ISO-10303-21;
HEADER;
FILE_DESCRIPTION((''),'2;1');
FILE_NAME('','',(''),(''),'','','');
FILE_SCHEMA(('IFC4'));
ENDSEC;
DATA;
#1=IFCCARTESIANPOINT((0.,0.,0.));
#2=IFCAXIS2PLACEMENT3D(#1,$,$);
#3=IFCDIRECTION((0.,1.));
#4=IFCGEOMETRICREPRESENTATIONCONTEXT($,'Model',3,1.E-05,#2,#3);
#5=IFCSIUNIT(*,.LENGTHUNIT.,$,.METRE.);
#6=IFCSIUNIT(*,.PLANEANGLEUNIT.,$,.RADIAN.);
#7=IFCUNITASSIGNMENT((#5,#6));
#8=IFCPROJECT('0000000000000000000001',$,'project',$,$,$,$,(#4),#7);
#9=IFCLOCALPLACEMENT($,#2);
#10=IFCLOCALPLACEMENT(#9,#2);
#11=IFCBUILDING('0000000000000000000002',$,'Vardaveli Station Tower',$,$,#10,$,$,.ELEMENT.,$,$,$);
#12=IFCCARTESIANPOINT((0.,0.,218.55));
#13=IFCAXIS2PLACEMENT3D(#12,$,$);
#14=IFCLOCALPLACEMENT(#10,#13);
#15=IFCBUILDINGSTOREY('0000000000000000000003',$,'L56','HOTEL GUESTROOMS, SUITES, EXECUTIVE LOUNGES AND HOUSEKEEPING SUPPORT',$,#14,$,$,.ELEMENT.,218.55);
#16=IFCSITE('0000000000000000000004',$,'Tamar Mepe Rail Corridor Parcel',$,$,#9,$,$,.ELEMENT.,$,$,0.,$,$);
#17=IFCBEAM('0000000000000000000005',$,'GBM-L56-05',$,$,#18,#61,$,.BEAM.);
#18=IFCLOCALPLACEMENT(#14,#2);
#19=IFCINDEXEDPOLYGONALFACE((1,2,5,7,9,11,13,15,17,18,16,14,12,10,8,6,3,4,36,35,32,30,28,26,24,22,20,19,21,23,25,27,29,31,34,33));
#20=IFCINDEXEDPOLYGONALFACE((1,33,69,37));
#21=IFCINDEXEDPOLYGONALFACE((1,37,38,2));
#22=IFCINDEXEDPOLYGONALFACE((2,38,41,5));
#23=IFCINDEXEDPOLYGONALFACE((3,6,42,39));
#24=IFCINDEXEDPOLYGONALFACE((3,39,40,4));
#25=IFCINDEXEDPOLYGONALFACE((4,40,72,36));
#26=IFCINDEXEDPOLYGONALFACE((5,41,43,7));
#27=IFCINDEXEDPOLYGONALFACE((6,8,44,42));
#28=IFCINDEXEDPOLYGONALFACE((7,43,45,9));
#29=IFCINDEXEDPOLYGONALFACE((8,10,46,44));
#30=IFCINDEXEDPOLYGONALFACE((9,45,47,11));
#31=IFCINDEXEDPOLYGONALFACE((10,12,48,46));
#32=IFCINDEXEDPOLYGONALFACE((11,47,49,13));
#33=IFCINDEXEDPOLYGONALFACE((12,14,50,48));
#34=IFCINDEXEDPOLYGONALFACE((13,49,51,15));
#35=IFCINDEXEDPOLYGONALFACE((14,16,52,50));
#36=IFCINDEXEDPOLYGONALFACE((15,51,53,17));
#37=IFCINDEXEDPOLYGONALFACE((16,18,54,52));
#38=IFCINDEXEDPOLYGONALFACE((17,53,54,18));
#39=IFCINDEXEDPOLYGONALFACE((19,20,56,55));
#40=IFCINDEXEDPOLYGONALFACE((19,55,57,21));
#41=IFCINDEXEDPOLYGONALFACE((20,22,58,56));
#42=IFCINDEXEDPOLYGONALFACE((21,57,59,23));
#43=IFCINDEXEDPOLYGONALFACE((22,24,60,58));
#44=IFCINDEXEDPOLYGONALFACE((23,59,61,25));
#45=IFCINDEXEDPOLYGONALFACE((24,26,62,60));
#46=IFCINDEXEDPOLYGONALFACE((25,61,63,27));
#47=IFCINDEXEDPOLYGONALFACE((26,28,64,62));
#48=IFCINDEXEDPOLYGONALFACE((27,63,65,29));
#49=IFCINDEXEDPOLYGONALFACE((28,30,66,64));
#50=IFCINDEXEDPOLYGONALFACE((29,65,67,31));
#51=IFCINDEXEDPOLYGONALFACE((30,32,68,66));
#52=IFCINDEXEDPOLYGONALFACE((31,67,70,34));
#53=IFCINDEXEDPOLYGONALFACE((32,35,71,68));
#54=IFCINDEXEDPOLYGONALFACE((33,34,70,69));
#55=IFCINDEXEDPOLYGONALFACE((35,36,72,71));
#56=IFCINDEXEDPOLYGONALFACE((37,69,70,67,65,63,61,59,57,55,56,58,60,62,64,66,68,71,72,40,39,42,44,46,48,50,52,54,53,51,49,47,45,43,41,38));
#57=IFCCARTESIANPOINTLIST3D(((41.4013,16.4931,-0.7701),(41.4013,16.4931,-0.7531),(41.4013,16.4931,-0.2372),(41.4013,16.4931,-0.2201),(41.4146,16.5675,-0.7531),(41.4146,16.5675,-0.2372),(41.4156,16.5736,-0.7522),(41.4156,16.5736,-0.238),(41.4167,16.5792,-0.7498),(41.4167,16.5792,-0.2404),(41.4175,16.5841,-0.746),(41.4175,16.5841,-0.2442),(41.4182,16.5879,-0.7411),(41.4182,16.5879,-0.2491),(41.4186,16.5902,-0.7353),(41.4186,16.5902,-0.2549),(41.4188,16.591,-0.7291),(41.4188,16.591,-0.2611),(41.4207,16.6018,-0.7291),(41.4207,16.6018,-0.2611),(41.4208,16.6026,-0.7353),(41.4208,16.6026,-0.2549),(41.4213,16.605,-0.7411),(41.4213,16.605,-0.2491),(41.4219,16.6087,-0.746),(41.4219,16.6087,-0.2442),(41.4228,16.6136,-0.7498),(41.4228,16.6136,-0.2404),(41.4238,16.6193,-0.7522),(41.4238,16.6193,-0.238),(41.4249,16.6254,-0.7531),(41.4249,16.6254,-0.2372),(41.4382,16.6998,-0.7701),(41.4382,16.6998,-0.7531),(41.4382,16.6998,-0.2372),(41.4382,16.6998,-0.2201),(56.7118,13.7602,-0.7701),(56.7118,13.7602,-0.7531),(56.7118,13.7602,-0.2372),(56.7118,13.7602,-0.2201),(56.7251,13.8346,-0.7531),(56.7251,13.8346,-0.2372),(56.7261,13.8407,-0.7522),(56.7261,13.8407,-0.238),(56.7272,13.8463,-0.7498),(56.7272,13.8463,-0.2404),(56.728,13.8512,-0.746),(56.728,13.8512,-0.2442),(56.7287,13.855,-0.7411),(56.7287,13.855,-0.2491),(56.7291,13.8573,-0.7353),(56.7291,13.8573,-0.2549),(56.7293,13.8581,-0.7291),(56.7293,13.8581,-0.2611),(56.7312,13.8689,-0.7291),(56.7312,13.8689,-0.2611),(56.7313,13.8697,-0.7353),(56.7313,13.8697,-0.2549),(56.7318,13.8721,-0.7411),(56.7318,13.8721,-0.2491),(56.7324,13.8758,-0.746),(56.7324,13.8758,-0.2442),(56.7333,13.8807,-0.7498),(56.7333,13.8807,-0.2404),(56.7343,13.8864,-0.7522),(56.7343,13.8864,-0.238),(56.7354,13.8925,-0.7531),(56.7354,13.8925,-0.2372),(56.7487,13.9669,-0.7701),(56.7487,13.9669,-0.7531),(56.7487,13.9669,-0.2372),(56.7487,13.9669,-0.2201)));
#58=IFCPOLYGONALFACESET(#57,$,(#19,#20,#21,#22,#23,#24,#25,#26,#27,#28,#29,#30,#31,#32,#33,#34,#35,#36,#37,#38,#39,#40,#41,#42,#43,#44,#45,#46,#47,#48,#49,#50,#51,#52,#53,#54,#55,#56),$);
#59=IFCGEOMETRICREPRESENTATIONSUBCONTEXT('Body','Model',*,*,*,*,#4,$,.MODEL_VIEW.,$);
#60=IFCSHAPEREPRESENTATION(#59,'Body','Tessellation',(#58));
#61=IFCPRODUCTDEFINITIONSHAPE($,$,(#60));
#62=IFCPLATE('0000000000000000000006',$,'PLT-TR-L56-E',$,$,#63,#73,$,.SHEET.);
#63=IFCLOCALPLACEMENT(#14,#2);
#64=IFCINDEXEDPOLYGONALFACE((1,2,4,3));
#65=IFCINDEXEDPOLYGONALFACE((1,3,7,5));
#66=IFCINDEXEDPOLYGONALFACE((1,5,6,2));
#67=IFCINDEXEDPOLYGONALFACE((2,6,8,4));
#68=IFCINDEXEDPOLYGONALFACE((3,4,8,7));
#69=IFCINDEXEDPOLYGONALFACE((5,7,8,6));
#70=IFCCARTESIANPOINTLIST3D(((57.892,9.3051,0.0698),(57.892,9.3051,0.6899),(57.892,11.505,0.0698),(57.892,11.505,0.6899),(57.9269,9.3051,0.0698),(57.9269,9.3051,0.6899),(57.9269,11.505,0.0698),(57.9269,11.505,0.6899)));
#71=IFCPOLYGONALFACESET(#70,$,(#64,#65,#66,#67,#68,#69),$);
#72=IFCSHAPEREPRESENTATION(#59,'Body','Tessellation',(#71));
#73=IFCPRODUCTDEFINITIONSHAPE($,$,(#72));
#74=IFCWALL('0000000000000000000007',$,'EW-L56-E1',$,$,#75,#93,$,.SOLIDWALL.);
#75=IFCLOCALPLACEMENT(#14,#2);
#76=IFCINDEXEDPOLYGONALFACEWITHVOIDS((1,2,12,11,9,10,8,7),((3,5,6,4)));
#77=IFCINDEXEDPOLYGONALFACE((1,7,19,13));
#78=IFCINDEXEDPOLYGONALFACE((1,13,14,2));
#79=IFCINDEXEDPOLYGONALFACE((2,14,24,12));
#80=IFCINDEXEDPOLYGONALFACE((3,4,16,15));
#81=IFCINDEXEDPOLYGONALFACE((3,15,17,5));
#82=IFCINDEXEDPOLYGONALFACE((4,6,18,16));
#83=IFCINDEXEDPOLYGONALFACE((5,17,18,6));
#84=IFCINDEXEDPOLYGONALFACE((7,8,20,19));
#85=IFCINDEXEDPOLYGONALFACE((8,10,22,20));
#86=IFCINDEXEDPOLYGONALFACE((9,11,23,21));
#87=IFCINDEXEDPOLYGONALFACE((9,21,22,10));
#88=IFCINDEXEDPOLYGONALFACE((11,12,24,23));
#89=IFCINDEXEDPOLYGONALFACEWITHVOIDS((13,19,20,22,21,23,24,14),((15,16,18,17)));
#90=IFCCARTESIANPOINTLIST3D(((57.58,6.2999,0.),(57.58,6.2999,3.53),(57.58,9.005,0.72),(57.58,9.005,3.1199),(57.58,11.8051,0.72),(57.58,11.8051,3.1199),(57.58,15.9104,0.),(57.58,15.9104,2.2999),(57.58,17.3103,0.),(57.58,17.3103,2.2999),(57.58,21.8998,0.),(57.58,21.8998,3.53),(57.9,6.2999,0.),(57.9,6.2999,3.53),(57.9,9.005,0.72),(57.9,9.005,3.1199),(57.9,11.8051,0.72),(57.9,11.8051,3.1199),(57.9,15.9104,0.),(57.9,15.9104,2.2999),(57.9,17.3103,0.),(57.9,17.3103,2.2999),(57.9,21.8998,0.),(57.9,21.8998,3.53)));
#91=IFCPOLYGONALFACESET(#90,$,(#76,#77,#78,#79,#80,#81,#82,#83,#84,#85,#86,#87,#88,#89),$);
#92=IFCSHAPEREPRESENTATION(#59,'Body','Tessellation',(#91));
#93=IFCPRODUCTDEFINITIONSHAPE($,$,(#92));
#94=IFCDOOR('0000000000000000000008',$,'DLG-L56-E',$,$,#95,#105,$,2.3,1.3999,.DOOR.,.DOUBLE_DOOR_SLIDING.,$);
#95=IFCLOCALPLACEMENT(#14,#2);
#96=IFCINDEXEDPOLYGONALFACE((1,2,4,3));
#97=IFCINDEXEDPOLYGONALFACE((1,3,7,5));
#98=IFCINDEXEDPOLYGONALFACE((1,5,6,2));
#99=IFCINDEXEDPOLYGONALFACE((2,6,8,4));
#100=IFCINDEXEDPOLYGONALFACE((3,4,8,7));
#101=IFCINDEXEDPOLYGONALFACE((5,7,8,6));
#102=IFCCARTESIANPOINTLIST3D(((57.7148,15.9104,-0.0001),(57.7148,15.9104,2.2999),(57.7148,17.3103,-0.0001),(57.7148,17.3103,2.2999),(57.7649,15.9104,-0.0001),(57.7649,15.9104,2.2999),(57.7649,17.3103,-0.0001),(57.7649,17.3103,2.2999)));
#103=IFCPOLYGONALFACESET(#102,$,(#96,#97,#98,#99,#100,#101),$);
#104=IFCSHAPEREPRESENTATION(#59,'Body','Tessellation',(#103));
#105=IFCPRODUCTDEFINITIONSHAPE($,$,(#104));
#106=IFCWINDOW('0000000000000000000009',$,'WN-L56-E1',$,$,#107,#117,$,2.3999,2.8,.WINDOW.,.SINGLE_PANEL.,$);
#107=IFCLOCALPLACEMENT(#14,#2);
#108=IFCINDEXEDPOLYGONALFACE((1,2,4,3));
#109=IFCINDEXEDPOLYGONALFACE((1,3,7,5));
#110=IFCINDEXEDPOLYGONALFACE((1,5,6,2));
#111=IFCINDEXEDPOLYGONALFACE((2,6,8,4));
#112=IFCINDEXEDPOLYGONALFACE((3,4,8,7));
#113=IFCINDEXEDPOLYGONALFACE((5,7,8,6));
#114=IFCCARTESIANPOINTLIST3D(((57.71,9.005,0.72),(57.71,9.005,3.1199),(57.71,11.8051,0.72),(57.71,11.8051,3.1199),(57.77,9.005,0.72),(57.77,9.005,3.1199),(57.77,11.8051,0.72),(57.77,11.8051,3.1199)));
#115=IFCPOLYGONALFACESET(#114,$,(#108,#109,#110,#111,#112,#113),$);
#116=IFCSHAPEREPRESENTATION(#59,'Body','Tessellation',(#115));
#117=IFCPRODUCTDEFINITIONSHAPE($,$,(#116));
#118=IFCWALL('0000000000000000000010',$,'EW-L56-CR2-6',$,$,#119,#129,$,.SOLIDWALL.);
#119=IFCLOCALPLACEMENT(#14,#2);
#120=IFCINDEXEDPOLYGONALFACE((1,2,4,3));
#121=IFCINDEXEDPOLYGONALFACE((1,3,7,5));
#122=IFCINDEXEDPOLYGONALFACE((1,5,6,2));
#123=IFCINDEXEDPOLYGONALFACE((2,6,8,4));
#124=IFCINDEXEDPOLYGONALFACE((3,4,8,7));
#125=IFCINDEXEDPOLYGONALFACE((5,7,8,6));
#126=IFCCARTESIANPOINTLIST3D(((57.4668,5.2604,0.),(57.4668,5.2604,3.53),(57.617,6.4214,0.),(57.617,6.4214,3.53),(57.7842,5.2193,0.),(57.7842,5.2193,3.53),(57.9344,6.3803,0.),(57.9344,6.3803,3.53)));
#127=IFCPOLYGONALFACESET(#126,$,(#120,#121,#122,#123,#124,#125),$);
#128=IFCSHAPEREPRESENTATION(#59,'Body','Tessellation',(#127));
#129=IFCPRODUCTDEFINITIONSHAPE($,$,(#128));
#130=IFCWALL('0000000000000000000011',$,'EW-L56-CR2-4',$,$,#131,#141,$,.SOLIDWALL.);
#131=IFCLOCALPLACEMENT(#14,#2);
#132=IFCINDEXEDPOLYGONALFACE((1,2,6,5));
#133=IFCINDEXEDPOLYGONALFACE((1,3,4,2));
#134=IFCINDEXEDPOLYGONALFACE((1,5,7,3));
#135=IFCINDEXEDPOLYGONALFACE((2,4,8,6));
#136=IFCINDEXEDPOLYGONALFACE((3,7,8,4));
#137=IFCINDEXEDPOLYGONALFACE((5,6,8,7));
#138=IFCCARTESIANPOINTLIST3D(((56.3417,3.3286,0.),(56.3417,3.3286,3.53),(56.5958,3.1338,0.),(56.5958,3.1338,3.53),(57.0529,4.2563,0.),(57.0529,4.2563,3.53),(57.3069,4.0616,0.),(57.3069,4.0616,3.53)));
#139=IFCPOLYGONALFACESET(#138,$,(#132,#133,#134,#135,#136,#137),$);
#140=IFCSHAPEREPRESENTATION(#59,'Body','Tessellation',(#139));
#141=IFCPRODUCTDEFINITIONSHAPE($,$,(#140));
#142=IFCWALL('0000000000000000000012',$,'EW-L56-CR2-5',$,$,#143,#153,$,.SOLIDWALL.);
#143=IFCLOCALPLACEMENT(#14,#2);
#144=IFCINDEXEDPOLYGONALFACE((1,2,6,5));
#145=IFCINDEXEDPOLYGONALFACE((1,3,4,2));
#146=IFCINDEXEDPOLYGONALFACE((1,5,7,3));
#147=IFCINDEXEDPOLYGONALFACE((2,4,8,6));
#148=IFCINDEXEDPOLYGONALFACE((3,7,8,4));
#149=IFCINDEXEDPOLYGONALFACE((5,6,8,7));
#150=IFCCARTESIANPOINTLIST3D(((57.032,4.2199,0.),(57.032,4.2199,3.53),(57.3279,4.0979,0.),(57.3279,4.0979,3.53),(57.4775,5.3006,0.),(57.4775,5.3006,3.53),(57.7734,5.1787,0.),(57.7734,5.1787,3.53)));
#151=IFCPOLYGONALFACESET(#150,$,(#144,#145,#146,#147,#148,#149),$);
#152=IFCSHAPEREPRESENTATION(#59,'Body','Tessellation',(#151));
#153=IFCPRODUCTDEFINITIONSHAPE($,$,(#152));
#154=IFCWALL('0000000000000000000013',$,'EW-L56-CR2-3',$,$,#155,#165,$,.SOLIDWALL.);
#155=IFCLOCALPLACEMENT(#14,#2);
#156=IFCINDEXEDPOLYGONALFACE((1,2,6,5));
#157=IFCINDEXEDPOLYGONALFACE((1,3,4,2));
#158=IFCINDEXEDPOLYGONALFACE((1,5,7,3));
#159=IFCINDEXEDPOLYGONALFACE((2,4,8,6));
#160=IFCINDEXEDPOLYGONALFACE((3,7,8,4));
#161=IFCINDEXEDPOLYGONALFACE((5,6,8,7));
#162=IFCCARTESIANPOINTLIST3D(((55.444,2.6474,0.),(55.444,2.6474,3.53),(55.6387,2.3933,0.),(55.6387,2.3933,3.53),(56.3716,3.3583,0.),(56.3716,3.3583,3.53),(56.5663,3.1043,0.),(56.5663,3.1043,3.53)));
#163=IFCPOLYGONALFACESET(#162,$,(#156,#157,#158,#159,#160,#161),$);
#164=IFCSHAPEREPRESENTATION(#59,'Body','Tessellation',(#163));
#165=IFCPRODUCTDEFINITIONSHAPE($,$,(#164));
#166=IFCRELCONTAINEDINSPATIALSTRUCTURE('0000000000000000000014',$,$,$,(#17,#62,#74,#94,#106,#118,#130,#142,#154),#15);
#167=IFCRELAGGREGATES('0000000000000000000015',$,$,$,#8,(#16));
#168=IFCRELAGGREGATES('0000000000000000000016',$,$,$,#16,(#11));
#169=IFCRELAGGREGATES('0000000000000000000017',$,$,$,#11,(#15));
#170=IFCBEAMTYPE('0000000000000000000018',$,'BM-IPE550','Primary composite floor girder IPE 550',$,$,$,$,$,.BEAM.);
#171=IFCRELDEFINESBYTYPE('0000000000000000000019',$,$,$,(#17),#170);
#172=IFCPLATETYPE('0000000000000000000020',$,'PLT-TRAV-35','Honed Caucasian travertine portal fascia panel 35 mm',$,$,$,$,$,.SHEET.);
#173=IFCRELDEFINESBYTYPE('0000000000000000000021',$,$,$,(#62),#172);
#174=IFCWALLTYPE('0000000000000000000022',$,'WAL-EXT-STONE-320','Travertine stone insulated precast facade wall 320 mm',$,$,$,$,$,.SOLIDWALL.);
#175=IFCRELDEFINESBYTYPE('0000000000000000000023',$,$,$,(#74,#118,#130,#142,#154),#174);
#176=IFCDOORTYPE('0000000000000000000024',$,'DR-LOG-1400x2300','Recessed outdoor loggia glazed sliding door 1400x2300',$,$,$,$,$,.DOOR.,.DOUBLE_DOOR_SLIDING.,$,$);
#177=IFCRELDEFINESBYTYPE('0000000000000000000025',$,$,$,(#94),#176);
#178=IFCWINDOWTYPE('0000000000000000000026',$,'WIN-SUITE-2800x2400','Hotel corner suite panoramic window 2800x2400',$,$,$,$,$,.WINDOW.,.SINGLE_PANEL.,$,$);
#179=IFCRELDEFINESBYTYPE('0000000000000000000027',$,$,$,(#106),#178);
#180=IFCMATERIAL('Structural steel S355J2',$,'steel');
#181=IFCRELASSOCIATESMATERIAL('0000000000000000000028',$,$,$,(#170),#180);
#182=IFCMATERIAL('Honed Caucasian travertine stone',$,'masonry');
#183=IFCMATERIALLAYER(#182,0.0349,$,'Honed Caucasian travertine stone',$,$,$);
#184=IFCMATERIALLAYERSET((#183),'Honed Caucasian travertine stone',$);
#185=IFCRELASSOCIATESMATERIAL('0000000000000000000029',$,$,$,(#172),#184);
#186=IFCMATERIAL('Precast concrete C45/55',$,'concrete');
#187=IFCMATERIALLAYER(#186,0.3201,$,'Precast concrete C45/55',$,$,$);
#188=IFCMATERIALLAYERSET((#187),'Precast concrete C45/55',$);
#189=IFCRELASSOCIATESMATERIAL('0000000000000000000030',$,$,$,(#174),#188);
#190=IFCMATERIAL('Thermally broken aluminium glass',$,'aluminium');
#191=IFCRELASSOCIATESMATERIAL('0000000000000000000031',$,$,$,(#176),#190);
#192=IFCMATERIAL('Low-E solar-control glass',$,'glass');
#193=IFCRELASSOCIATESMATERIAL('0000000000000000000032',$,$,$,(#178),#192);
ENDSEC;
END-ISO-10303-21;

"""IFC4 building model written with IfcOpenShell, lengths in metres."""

from ifc_helpers import new_model, si_unit, direction, frame, frame_2d, origin, origin_2d, place, context, subcontext, project, spatial, rectangle, i_section, extrude, source, transform, mapped, material, layer, layer_set, material_profile, profile_set, type_object, element, fill, save


model = new_model("IFC4")

# Units and contexts
model_context = context("Model", 3, precision=1e-05, world=origin(), true_north=direction((0.0, 1.0)))
body_context = subcontext(model_context, "Body", "Model", "MODEL_VIEW")
ifc_project = project(units=[si_unit("LENGTHUNIT", "METRE"), si_unit("PLANEANGLEUNIT", "RADIAN")], contexts=[model_context])

# Site, building, storey
site_placement = place(None, origin())
site = spatial("IfcSite", under=ifc_project, at=site_placement, Name="Tamar Mepe Rail Corridor Parcel", CompositionType="ELEMENT", RefElevation=0.0)
building_placement = place(site_placement, origin())
building = spatial("IfcBuilding", under=site, at=building_placement, Name="Vardaveli Station Tower", CompositionType="ELEMENT")
storey_placement = place(building_placement, frame((0.0, 0.0, 218.55)))
storey = spatial("IfcBuildingStorey", under=building, at=storey_placement, Name="L56", Description="HOTEL GUESTROOMS, SUITES, EXECUTIVE LOUNGES AND HOUSEKEEPING SUPPORT", CompositionType="ELEMENT", Elevation=218.55)

# Beam
ifc_material_1 = material(Name="Precast concrete C45/55", Category="concrete")
ifc_material_2 = material(Name="Structural steel S355J2", Category="steel")
ifc_material_profile_1 = material_profile(ifc_material_2, i_section(OverallWidth=0.21, OverallDepth=0.55, WebThickness=0.011, FlangeThickness=0.0171, FilletRadius=0.0239, at=origin_2d()), Name="IPE 550")
ifc_profile_set_1 = profile_set([ifc_material_profile_1], Name="Structural steel S355J2")
beam_type_1 = type_object("IfcBeamType", Name="BM-IPE550", Description="Primary composite floor girder IPE 550", PredefinedType="BEAM", material=ifc_profile_set_1)
shared_shape_1 = source(origin(), body_context, "Body", "SweptSolid", [
    extrude(i_section(OverallWidth=0.21, OverallDepth=0.55, WebThickness=0.011, FlangeThickness=0.0171, FilletRadius=0.0239, at=origin_2d()), origin(), (0.0, 0.0, 1.0), 15.5525),
])
beam_1_placement = place(storey_placement, frame((56.7302, 13.8635, -0.4951), z_axis=(-0.98444, 0.175721, 0.0), x_axis=(-0.175721, -0.98444, 0.0)))
element("IfcBeam", 1, at=beam_1_placement, inside=storey, type_object=beam_type_1, Name="GBM-L56-05", PredefinedType="BEAM", context=body_context, shape_type="MappedRepresentation", body=[
    mapped(shared_shape_1, transform((0.0, 0.0, 0.0), scale=1.0)),
])

# Plate
ifc_material_3 = material(Name="Honed Caucasian travertine stone", Category="masonry")
ifc_layer_1 = layer(ifc_material_3, 0.0349, Name="Honed Caucasian travertine stone")
ifc_layer_set_1 = layer_set([ifc_layer_1], Name="Honed Caucasian travertine stone")
plate_type = type_object("IfcPlateType", Name="PLT-TRAV-35", Description="Honed Caucasian travertine portal fascia panel 35 mm", PredefinedType="SHEET", material=ifc_layer_set_1)
shared_shape_2 = source(origin(), body_context, "Body", "SweptSolid", [
    extrude(rectangle(XDim=2.2, YDim=0.0349, at=origin_2d()), origin(), (0.0, 0.0, 1.0), 0.6201),
])
plate_placement = place(storey_placement, frame((57.9094, 10.405, 0.0698), z_axis=(0.0, 0.0, 1.0), x_axis=(0.0, 1.0, 0.0)))
element("IfcPlate", 2, at=plate_placement, inside=storey, type_object=plate_type, Name="PLT-TR-L56-E", PredefinedType="SHEET", context=body_context, shape_type="MappedRepresentation", body=[
    mapped(shared_shape_2, transform((0.0, 0.0, 0.0), scale=1.0)),
])

# Wall, openings, door, window
ifc_layer_2 = layer(ifc_material_1, 0.3201, Name="Precast concrete C45/55")
ifc_layer_set_2 = layer_set([ifc_layer_2], Name="Precast concrete C45/55")
wall_type_1 = type_object("IfcWallType", Name="WAL-EXT-STONE-320", Description="Travertine stone insulated precast facade wall 320 mm", PredefinedType="SOLIDWALL", material=ifc_layer_set_2)
shared_shape_3 = source(origin(), body_context, "Body", "SweptSolid", [
    extrude(rectangle(XDim=15.5999, YDim=0.3201, at=frame_2d((7.7998, 0.0))), origin(), (0.0, 0.0, 1.0), 3.53),
])
wall_1_placement = place(storey_placement, frame((57.74, 6.3, 0.0), z_axis=(0.0, 0.0, 1.0), x_axis=(0.0, 1.0, 0.0)))
wall_1 = element("IfcWall", 3, at=wall_1_placement, inside=storey, type_object=wall_type_1, Name="EW-L56-E1", PredefinedType="SOLIDWALL", context=body_context, shape_type="MappedRepresentation", body=[
    mapped(shared_shape_3, transform((0.0, 0.0, 0.0), scale=1.0)),
])
shared_shape_4 = source(origin(), body_context, "Body", "SweptSolid", [
    extrude(rectangle(XDim=1.3999, YDim=2.3, at=frame_2d((0.7, 1.1499))), frame((0.0, 0.1699, 0.0), z_axis=(0.0, -1.0, 0.0), x_axis=(1.0, 0.0, 0.0)), (0.0, 0.0, 1.0), 0.3401),
])
opening_1_placement = place(wall_1_placement, frame((9.6104, 0.0, 0.0)))
opening_1 = element("IfcOpeningElement", 4, at=opening_1_placement, cuts=wall_1, PredefinedType="OPENING", context=body_context, shape_type="MappedRepresentation", body=[
    mapped(shared_shape_4, transform((0.0, 0.0, 0.0), scale=1.0)),
])
shared_shape_5 = source(origin(), body_context, "Body", "SweptSolid", [
    extrude(rectangle(XDim=2.8, YDim=2.3999, at=frame_2d((1.3999, 1.2))), frame((0.0, 0.1699, 0.0), z_axis=(0.0, -1.0, 0.0), x_axis=(1.0, 0.0, 0.0)), (0.0, 0.0, 1.0), 0.3401),
])
opening_2_placement = place(wall_1_placement, frame((2.7051, 0.0, 0.72)))
opening_2 = element("IfcOpeningElement", 5, at=opening_2_placement, cuts=wall_1, PredefinedType="OPENING", context=body_context, shape_type="MappedRepresentation", body=[
    mapped(shared_shape_5, transform((0.0, 0.0, 0.0), scale=1.0)),
])
ifc_material_4 = material(Name="Thermally broken aluminium glass", Category="aluminium")
door_type_1 = type_object("IfcDoorType", Name="DR-LOG-1400x2300", Description="Recessed outdoor loggia glazed sliding door 1400x2300", OperationType="DOUBLE_DOOR_SLIDING", PredefinedType="DOOR", material=ifc_material_4)
shared_shape_6 = source(origin(), body_context, "Body", "SweptSolid", [
    extrude(rectangle(XDim=1.3999, YDim=2.3, at=frame_2d((0.7, 1.1499))), frame((0.0, 0.0249, 0.0), z_axis=(0.0, -1.0, 0.0), x_axis=(1.0, 0.0, 0.0)), (0.0, 0.0, 1.0), 0.05),
])
door_1_placement = place(opening_1_placement, frame((1.3999, 0.0, 0.0), z_axis=(0.0, 0.0, 1.0), x_axis=(-1.0, 0.0, 0.0)))
door_1 = element("IfcDoor", 6, at=door_1_placement, inside=storey, type_object=door_type_1, Name="DLG-L56-E", OperationType="DOUBLE_DOOR_SLIDING", OverallHeight=2.3, OverallWidth=1.3999, PredefinedType="DOOR", context=body_context, shape_type="MappedRepresentation", body=[
    mapped(shared_shape_6, transform((0.0, 0.0, 0.0), scale=1.0)),
])
fill(opening_1, door_1)
ifc_material_5 = material(Name="Low-E solar-control glass", Category="glass")
window_type = type_object("IfcWindowType", Name="WIN-SUITE-2800x2400", Description="Hotel corner suite panoramic window 2800x2400", PartitioningType="SINGLE_PANEL", PredefinedType="WINDOW", material=ifc_material_5)
shared_shape_7 = source(origin(), body_context, "Body", "SweptSolid", [
    extrude(rectangle(XDim=2.8, YDim=2.3999, at=frame_2d((1.3999, 1.2))), frame((0.0, 0.03, 0.0), z_axis=(0.0, -1.0, 0.0), x_axis=(1.0, 0.0, 0.0)), (0.0, 0.0, 1.0), 0.0601),
])
window_placement = place(opening_2_placement, origin())
window = element("IfcWindow", 7, at=window_placement, inside=storey, type_object=window_type, Name="WN-L56-E1", OverallHeight=2.3999, OverallWidth=2.8, PartitioningType="SINGLE_PANEL", PredefinedType="WINDOW", context=body_context, shape_type="MappedRepresentation", body=[
    mapped(shared_shape_7, transform((0.0, 0.0, 0.0), scale=1.0)),
])
fill(opening_2, window)

# Walls
shared_shape_8 = source(origin(), body_context, "Body", "SweptSolid", [
    extrude(rectangle(XDim=1.1707, YDim=0.3201, at=frame_2d((0.5854, 0.0))), origin(), (0.0, 0.0, 1.0), 3.53),
])
wall_2_placement = place(storey_placement, frame((57.6255, 5.2397, 0.0), z_axis=(0.0, 0.0, 1.0), x_axis=(0.128269, 0.991739, 0.0)))
element("IfcWall", 8, at=wall_2_placement, inside=storey, type_object=wall_type_1, Name="EW-L56-CR2-6", PredefinedType="SOLIDWALL", context=body_context, shape_type="MappedRepresentation", body=[
    mapped(shared_shape_8, transform((0.0, 0.0, 0.0), scale=1.0)),
])
shared_shape_9 = source(origin(), body_context, "Body", "SweptSolid", [
    extrude(rectangle(XDim=1.1689, YDim=0.3201, at=frame_2d((0.5845, 0.0))), origin(), (0.0, 0.0, 1.0), 3.53),
])
for number, where, z_axis, x_axis, name in (
    (9, (56.4688, 3.2312, 0.0), (0.0, 0.0, 1.0), (0.608388, 0.79364, 0.0), "EW-L56-CR2-4"),
    (10, (57.1799, 4.1589, 0.0), (0.0, 0.0, 1.0), (0.381128, 0.924522, 0.0), "EW-L56-CR2-5"),
):
    element("IfcWall", number, at=place(storey_placement, frame(where, z_axis=z_axis, x_axis=x_axis)), inside=storey, type_object=wall_type_1, Name=name, PredefinedType="SOLIDWALL", context=body_context, shape_type="MappedRepresentation", body=[
        mapped(shared_shape_9, transform((0.0, 0.0, 0.0), scale=1.0)),
    ])
shared_shape_10 = source(origin(), body_context, "Body", "SweptSolid", [
    extrude(rectangle(XDim=1.1687, YDim=0.3201, at=frame_2d((0.5845, 0.0))), origin(), (0.0, 0.0, 1.0), 3.53),
])
wall_3_placement = place(storey_placement, frame((55.5413, 2.5203, 0.0), z_axis=(0.0, 0.0, 1.0), x_axis=(0.793664, 0.608357, 0.0)))
element("IfcWall", 11, at=wall_3_placement, inside=storey, type_object=wall_type_1, Name="EW-L56-CR2-3", PredefinedType="SOLIDWALL", context=body_context, shape_type="MappedRepresentation", body=[
    mapped(shared_shape_10, transform((0.0, 0.0, 0.0), scale=1.0)),
])

save(model, "model.ifc")
